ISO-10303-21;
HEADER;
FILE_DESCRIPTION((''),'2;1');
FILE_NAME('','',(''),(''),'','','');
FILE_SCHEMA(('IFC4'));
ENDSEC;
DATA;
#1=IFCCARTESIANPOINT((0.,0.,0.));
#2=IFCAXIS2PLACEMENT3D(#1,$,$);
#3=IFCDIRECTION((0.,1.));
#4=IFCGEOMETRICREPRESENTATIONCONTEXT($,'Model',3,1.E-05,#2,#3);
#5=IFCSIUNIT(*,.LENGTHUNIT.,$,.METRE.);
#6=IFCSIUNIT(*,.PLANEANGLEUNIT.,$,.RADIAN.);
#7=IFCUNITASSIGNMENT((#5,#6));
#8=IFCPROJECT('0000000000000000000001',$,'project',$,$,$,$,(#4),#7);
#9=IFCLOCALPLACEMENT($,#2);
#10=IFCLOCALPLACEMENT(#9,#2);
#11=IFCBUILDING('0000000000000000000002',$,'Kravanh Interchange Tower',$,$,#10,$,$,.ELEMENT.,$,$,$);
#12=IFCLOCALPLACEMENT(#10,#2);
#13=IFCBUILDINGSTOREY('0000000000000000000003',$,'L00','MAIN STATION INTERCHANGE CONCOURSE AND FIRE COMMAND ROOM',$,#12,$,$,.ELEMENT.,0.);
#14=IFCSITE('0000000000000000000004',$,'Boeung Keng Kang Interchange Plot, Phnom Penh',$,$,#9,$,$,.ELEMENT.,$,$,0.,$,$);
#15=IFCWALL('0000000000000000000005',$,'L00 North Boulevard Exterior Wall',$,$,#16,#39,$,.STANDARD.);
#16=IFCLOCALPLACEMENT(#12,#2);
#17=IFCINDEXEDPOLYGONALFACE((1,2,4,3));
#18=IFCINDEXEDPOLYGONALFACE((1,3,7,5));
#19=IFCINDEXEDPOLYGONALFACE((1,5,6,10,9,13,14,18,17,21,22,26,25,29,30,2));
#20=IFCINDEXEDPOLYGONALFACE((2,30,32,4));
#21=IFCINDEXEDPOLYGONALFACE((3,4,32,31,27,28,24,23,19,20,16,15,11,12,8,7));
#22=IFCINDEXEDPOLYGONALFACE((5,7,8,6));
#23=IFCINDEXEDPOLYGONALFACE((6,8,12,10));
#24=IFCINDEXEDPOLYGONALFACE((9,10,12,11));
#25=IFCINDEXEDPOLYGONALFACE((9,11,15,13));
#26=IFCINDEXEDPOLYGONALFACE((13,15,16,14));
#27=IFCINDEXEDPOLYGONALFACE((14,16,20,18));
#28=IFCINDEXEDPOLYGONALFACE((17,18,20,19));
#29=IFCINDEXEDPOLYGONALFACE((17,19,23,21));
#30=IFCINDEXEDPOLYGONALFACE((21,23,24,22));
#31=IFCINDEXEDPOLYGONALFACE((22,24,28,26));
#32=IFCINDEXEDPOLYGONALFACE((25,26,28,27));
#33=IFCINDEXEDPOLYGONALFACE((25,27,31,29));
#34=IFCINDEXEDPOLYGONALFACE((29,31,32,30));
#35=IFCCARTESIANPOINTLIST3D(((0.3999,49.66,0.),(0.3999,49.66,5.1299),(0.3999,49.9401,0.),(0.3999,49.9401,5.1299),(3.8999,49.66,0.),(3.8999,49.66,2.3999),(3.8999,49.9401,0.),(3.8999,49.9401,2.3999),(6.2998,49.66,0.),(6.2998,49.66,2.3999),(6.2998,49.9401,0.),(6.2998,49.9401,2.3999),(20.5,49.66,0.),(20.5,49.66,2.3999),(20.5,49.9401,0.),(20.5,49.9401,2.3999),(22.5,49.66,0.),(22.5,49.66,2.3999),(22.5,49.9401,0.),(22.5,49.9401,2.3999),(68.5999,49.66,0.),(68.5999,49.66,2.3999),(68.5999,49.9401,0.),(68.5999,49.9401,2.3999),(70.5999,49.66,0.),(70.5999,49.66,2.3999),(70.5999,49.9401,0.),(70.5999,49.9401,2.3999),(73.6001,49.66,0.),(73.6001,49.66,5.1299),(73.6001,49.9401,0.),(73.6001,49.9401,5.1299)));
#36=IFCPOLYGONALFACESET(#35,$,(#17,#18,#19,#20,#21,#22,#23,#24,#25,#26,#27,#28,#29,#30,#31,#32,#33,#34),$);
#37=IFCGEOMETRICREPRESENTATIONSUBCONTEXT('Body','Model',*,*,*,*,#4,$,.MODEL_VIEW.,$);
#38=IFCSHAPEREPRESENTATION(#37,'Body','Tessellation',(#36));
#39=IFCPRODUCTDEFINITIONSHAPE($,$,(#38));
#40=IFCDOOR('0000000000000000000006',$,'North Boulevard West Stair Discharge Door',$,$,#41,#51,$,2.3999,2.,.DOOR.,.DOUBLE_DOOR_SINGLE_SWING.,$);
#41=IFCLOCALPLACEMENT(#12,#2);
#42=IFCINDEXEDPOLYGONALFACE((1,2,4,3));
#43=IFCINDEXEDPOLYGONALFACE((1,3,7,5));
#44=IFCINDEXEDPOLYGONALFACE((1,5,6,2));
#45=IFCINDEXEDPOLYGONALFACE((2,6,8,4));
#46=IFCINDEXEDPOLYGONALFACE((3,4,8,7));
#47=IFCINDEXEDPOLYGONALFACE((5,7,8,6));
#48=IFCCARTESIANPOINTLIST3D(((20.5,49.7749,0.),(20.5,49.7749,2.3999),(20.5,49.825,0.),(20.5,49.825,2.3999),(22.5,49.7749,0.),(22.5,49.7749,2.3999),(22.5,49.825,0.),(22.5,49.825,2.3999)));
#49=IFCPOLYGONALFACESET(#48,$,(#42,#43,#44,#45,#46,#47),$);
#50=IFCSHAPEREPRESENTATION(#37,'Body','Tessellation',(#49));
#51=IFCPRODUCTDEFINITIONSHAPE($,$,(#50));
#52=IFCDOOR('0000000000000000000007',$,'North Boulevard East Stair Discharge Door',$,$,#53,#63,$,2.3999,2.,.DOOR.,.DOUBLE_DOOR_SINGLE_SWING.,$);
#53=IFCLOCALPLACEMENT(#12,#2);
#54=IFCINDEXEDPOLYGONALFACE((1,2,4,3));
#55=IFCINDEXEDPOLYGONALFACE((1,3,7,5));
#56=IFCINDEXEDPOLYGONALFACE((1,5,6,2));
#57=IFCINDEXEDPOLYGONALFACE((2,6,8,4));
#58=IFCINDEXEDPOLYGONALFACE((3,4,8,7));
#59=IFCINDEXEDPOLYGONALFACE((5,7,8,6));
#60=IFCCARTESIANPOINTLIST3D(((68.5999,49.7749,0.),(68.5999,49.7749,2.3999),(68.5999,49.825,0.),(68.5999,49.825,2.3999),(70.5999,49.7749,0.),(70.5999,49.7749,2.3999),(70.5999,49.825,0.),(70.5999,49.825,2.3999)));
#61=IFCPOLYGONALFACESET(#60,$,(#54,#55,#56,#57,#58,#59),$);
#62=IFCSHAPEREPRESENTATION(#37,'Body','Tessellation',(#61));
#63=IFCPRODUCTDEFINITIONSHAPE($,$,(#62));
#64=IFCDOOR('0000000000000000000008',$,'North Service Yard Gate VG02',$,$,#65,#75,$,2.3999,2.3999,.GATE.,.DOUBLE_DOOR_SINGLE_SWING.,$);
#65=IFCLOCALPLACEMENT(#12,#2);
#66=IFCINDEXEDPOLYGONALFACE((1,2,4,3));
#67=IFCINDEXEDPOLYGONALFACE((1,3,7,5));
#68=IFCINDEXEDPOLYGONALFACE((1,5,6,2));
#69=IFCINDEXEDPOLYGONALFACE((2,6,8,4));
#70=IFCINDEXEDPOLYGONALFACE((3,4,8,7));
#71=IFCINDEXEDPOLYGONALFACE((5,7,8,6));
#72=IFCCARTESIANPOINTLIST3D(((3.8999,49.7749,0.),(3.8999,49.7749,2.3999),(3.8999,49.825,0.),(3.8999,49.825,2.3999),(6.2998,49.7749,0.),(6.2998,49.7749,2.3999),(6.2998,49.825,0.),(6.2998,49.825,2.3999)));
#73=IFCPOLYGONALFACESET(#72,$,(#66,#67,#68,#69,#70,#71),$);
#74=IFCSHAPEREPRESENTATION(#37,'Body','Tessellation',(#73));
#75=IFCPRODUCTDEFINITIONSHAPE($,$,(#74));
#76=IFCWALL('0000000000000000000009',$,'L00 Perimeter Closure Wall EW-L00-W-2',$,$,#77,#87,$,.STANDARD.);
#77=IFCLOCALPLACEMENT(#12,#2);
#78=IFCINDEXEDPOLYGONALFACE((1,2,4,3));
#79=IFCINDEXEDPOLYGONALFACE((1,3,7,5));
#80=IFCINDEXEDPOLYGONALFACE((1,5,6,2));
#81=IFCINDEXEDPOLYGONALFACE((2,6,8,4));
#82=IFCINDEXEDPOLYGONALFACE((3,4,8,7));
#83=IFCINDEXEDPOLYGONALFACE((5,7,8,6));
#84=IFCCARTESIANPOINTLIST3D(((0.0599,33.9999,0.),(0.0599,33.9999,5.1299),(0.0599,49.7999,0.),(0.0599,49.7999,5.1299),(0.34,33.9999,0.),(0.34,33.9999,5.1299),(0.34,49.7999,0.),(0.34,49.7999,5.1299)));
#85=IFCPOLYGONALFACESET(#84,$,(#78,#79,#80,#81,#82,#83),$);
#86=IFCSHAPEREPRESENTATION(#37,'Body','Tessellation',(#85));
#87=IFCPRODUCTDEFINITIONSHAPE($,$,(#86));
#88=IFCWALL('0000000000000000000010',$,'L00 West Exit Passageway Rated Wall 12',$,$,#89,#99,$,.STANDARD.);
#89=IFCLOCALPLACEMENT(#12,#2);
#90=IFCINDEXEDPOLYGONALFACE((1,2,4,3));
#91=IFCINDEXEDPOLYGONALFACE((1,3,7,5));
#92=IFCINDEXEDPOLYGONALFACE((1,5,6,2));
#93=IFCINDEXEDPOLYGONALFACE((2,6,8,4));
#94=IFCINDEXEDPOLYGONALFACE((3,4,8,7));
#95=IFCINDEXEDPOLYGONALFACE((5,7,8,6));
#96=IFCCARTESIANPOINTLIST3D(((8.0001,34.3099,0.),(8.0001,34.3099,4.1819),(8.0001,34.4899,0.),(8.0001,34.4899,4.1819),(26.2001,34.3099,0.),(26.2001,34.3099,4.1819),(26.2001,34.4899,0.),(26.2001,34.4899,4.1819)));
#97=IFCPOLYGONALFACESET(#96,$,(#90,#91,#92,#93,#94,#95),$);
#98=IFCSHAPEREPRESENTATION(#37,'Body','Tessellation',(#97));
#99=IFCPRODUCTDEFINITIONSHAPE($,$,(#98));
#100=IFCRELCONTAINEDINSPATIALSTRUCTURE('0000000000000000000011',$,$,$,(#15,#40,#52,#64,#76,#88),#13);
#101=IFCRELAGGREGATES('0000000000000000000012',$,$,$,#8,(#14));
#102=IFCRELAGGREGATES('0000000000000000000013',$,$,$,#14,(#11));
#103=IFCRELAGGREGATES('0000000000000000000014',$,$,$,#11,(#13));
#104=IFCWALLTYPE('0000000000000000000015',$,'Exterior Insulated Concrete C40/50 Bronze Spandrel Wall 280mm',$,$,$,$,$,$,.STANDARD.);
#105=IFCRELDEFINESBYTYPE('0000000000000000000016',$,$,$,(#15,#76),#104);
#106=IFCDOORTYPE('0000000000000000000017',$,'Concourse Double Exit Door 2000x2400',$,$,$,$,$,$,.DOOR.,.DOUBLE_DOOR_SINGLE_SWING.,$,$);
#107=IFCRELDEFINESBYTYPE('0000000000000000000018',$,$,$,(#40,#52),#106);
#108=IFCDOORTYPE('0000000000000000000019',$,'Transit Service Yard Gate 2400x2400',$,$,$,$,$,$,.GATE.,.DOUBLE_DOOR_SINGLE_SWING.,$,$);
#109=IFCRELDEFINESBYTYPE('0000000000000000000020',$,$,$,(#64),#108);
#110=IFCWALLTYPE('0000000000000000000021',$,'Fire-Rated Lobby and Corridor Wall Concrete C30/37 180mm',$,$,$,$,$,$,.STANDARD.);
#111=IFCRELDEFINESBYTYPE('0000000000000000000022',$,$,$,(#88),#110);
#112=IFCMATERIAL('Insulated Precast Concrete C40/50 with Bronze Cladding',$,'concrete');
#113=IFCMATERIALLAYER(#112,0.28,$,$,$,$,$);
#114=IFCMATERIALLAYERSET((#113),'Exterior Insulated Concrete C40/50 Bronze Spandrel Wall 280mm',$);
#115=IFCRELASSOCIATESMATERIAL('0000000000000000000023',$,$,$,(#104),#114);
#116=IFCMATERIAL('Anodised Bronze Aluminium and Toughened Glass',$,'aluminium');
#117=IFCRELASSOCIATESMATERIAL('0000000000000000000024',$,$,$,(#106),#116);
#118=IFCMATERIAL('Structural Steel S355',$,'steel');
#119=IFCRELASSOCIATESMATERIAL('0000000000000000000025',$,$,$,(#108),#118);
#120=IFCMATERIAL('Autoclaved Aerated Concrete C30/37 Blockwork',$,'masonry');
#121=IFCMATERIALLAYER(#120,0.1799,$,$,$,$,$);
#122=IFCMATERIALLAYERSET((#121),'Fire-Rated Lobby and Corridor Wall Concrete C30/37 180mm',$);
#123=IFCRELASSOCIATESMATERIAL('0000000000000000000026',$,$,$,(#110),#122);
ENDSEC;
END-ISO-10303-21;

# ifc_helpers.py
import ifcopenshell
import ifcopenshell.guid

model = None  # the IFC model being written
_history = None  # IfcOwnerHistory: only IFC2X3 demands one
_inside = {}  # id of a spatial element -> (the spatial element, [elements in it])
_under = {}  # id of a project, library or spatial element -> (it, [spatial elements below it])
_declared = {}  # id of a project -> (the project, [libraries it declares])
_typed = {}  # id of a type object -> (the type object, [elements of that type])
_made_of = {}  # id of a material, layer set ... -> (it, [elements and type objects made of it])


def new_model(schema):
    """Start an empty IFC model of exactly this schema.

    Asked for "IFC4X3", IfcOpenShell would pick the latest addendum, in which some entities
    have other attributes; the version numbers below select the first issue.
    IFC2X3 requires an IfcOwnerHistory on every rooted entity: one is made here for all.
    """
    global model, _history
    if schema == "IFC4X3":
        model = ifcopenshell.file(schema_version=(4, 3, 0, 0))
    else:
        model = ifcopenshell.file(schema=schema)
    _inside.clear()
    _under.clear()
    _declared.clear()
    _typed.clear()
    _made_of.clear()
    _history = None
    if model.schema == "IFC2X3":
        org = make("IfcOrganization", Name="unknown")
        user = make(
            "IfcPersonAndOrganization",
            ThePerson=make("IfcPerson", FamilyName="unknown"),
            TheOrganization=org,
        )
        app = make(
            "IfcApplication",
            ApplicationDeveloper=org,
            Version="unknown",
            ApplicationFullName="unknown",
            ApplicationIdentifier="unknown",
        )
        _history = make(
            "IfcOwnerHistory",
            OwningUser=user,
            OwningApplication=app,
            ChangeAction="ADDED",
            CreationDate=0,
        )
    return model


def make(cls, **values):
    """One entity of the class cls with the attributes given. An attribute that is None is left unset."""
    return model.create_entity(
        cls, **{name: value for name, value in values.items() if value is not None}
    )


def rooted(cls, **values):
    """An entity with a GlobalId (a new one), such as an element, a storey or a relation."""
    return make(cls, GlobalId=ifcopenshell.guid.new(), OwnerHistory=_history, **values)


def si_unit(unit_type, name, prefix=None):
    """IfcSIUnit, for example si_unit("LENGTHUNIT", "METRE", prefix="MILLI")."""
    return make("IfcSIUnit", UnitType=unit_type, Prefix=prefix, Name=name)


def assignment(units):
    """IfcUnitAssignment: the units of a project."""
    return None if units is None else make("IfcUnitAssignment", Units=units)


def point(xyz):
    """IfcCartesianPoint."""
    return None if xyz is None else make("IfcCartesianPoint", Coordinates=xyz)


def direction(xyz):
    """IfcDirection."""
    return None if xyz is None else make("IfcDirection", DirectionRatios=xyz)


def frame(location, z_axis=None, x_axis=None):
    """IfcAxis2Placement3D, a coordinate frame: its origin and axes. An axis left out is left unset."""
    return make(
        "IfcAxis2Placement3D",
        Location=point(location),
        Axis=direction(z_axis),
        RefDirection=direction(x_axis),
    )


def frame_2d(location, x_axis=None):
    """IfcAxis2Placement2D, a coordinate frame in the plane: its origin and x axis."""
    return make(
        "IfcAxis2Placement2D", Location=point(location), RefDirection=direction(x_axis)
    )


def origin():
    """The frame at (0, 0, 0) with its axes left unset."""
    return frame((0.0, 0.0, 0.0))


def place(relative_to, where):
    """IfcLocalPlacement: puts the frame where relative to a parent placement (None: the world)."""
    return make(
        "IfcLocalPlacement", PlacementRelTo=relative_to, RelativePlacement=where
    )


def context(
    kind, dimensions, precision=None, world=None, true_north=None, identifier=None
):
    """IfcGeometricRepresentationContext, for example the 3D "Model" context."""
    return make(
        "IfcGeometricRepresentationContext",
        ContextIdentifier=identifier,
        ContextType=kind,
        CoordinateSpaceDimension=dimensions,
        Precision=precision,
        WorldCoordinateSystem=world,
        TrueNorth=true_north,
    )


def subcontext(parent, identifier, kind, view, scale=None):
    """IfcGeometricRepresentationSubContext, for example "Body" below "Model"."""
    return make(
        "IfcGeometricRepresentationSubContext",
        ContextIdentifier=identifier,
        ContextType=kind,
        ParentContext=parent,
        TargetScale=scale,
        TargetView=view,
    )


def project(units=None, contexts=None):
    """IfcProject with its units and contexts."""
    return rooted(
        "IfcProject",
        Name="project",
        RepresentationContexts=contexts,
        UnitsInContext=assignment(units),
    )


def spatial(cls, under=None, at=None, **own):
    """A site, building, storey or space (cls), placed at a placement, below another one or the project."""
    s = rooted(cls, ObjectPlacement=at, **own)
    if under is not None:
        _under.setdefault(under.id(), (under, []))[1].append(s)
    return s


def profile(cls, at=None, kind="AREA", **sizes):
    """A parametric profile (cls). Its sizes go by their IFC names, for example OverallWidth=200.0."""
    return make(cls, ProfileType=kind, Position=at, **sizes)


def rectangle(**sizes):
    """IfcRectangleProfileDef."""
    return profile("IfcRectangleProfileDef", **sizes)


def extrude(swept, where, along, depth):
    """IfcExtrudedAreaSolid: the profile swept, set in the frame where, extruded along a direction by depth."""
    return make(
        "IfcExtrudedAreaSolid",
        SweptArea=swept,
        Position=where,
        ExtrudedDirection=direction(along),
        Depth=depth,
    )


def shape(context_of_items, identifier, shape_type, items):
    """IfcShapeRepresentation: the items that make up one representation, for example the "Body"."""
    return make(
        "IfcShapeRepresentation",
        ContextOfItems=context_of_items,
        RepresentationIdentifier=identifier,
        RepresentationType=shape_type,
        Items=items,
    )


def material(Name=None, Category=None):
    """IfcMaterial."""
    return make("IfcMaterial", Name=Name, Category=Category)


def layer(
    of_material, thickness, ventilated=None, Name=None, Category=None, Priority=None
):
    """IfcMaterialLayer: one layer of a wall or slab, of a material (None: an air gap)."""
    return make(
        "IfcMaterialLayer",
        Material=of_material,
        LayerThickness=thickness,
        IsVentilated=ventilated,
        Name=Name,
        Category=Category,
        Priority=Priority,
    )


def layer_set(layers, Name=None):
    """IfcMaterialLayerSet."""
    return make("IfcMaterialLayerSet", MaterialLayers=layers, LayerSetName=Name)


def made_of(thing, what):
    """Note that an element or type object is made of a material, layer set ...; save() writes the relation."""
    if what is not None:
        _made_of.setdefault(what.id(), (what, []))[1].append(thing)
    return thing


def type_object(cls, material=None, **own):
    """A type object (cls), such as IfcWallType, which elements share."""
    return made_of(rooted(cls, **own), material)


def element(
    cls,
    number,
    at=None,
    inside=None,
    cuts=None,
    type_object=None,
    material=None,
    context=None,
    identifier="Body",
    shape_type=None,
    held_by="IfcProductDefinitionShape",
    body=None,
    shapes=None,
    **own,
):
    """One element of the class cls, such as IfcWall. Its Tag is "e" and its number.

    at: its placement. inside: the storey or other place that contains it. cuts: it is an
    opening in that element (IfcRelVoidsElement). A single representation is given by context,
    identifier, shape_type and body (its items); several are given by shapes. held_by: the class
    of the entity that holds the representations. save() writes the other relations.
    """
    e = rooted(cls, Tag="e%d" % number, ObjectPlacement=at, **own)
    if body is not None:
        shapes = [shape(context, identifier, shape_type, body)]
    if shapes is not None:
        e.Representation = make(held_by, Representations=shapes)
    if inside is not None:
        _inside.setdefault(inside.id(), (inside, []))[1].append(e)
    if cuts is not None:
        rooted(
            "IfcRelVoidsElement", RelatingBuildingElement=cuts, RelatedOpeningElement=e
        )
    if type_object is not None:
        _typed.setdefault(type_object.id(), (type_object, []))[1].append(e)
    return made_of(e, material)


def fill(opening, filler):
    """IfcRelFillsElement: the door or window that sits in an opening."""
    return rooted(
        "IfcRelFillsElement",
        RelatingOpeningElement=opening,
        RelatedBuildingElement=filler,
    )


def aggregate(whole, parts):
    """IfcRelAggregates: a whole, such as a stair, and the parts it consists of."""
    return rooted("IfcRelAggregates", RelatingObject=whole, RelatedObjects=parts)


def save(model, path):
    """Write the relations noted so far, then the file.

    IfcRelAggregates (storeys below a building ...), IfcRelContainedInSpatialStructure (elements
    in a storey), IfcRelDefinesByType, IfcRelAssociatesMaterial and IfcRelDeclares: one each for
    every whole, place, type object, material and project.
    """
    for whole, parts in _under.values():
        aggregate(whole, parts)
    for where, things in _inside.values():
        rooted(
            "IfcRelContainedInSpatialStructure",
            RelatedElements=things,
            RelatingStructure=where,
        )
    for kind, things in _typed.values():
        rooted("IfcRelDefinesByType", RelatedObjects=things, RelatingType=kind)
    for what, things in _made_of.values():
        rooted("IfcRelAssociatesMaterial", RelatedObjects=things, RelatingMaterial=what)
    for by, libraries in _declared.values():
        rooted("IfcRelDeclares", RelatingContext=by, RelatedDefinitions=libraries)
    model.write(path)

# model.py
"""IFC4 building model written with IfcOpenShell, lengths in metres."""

from ifc_helpers import new_model, si_unit, direction, frame, frame_2d, origin, place, context, subcontext, project, spatial, rectangle, extrude, material, layer, layer_set, type_object, element, fill, save


model = new_model("IFC4")

# Units and contexts
model_context = context("Model", 3, precision=1e-05, world=origin(), true_north=direction((0.0, 1.0)))
body_context = subcontext(model_context, "Body", "Model", "MODEL_VIEW")
ifc_project = project(units=[si_unit("LENGTHUNIT", "METRE"), si_unit("PLANEANGLEUNIT", "RADIAN")], contexts=[model_context])

# Site, building, storey
site_placement = place(None, origin())
site = spatial("IfcSite", under=ifc_project, at=site_placement, Name="Boeung Keng Kang Interchange Plot, Phnom Penh", CompositionType="ELEMENT", RefElevation=0.0)
building_placement = place(site_placement, origin())
building = spatial("IfcBuilding", under=site, at=building_placement, Name="Kravanh Interchange Tower", CompositionType="ELEMENT")
storey_placement = place(building_placement, origin())
storey = spatial("IfcBuildingStorey", under=building, at=storey_placement, Name="L00", Description="MAIN STATION INTERCHANGE CONCOURSE AND FIRE COMMAND ROOM", CompositionType="ELEMENT", Elevation=0.0)

# Wall, openings, doors
ifc_material_1 = material(Name="Insulated Precast Concrete C40/50 with Bronze Cladding", Category="concrete")
ifc_layer_1 = layer(ifc_material_1, 0.28)
ifc_layer_set_1 = layer_set([ifc_layer_1], Name="Exterior Insulated Concrete C40/50 Bronze Spandrel Wall 280mm")
wall_type_1 = type_object("IfcWallType", Name="Exterior Insulated Concrete C40/50 Bronze Spandrel Wall 280mm", PredefinedType="STANDARD", material=ifc_layer_set_1)
wall_1_placement = place(storey_placement, frame((0.3999, 49.8, 0.0), z_axis=(0.0, 0.0, 1.0), x_axis=(1.0, 0.0, 0.0)))
wall_1 = element("IfcWall", 1, at=wall_1_placement, inside=storey, type_object=wall_type_1, Name="L00 North Boulevard Exterior Wall", PredefinedType="STANDARD", context=body_context, shape_type="SweptSolid", body=[
    extrude(rectangle(XDim=73.2002, YDim=0.28, at=frame_2d((36.6001, 0.0))), origin(), (0.0, 0.0, 1.0), 5.1299),
])
opening_1_placement = place(wall_1_placement, frame((20.1001, 0.0, 0.0)))
opening_1 = element("IfcOpeningElement", 2, at=opening_1_placement, cuts=wall_1, PredefinedType="OPENING", context=body_context, shape_type="SweptSolid", body=[
    extrude(rectangle(XDim=2.0, YDim=2.3999, at=frame_2d((1.0, 1.2))), frame((0.0, 0.1499, 0.0), z_axis=(0.0, -1.0, 0.0), x_axis=(1.0, 0.0, 0.0)), (0.0, 0.0, 1.0), 0.3),
])
opening_2_placement = place(wall_1_placement, frame((68.2, 0.0, 0.0)))
opening_2 = element("IfcOpeningElement", 3, at=opening_2_placement, cuts=wall_1, PredefinedType="OPENING", context=body_context, shape_type="SweptSolid", body=[
    extrude(rectangle(XDim=2.0, YDim=2.3999, at=frame_2d((1.0, 1.2))), frame((0.0, 0.1499, 0.0), z_axis=(0.0, -1.0, 0.0), x_axis=(1.0, 0.0, 0.0)), (0.0, 0.0, 1.0), 0.3),
])
opening_3_placement = place(wall_1_placement, frame((3.5, 0.0, 0.0)))
opening_3 = element("IfcOpeningElement", 4, at=opening_3_placement, cuts=wall_1, PredefinedType="OPENING", context=body_context, shape_type="SweptSolid", body=[
    extrude(rectangle(XDim=2.3999, YDim=2.3999, at=frame_2d((1.2, 1.2))), frame((0.0, 0.1499, 0.0), z_axis=(0.0, -1.0, 0.0), x_axis=(1.0, 0.0, 0.0)), (0.0, 0.0, 1.0), 0.3),
])
ifc_material_2 = material(Name="Anodised Bronze Aluminium and Toughened Glass", Category="aluminium")
door_type_1 = type_object("IfcDoorType", Name="Concourse Double Exit Door 2000x2400", OperationType="DOUBLE_DOOR_SINGLE_SWING", PredefinedType="DOOR", material=ifc_material_2)
door_1_placement = place(opening_1_placement, origin())
door_1 = element("IfcDoor", 5, at=door_1_placement, inside=storey, type_object=door_type_1, Name="North Boulevard West Stair Discharge Door", OperationType="DOUBLE_DOOR_SINGLE_SWING", OverallHeight=2.3999, OverallWidth=2.0, PredefinedType="DOOR", context=body_context, shape_type="SweptSolid", body=[
    extrude(rectangle(XDim=2.0, YDim=2.3999, at=frame_2d((1.0, 1.2))), frame((0.0, 0.0249, 0.0), z_axis=(0.0, -1.0, 0.0), x_axis=(1.0, 0.0, 0.0)), (0.0, 0.0, 1.0), 0.05),
])
fill(opening_1, door_1)
door_2_placement = place(opening_2_placement, origin())
door_2 = element("IfcDoor", 6, at=door_2_placement, inside=storey, type_object=door_type_1, Name="North Boulevard East Stair Discharge Door", OperationType="DOUBLE_DOOR_SINGLE_SWING", OverallHeight=2.3999, OverallWidth=2.0, PredefinedType="DOOR", context=body_context, shape_type="SweptSolid", body=[
    extrude(rectangle(XDim=2.0, YDim=2.3999, at=frame_2d((1.0, 1.2))), frame((0.0, 0.0249, 0.0), z_axis=(0.0, -1.0, 0.0), x_axis=(1.0, 0.0, 0.0)), (0.0, 0.0, 1.0), 0.05),
])
fill(opening_2, door_2)
ifc_material_3 = material(Name="Structural Steel S355", Category="steel")
door_type_2 = type_object("IfcDoorType", Name="Transit Service Yard Gate 2400x2400", OperationType="DOUBLE_DOOR_SINGLE_SWING", PredefinedType="GATE", material=ifc_material_3)
door_3_placement = place(opening_3_placement, origin())
door_3 = element("IfcDoor", 7, at=door_3_placement, inside=storey, type_object=door_type_2, Name="North Service Yard Gate VG02", OperationType="DOUBLE_DOOR_SINGLE_SWING", OverallHeight=2.3999, OverallWidth=2.3999, PredefinedType="GATE", context=body_context, shape_type="SweptSolid", body=[
    extrude(rectangle(XDim=2.3999, YDim=2.3999, at=frame_2d((1.2, 1.2))), frame((0.0, 0.0249, 0.0), z_axis=(0.0, -1.0, 0.0), x_axis=(1.0, 0.0, 0.0)), (0.0, 0.0, 1.0), 0.05),
])
fill(opening_3, door_3)

# Walls
wall_2_placement = place(storey_placement, frame((0.2, 34.0, 0.0), z_axis=(0.0, 0.0, 1.0), x_axis=(0.0, 1.0, 0.0)))
element("IfcWall", 8, at=wall_2_placement, inside=storey, type_object=wall_type_1, Name="L00 Perimeter Closure Wall EW-L00-W-2", PredefinedType="STANDARD", context=body_context, shape_type="SweptSolid", body=[
    extrude(rectangle(XDim=15.8, YDim=0.28, at=frame_2d((7.8999, 0.0))), origin(), (0.0, 0.0, 1.0), 5.1299),
])
ifc_material_4 = material(Name="Autoclaved Aerated Concrete C30/37 Blockwork", Category="masonry")
ifc_layer_2 = layer(ifc_material_4, 0.1799)
ifc_layer_set_2 = layer_set([ifc_layer_2], Name="Fire-Rated Lobby and Corridor Wall Concrete C30/37 180mm")
wall_type_2 = type_object("IfcWallType", Name="Fire-Rated Lobby and Corridor Wall Concrete C30/37 180mm", PredefinedType="STANDARD", material=ifc_layer_set_2)
wall_3_placement = place(storey_placement, frame((8.0, 34.3999, 0.0), z_axis=(0.0, 0.0, 1.0), x_axis=(1.0, 0.0, 0.0)))
element("IfcWall", 9, at=wall_3_placement, inside=storey, type_object=wall_type_2, Name="L00 West Exit Passageway Rated Wall 12", PredefinedType="STANDARD", context=body_context, shape_type="SweptSolid", body=[
    extrude(rectangle(XDim=18.2, YDim=0.1799, at=frame_2d((9.1001, 0.0))), origin(), (0.0, 0.0, 1.0), 4.1819),
])

save(model, "model.ifc")
